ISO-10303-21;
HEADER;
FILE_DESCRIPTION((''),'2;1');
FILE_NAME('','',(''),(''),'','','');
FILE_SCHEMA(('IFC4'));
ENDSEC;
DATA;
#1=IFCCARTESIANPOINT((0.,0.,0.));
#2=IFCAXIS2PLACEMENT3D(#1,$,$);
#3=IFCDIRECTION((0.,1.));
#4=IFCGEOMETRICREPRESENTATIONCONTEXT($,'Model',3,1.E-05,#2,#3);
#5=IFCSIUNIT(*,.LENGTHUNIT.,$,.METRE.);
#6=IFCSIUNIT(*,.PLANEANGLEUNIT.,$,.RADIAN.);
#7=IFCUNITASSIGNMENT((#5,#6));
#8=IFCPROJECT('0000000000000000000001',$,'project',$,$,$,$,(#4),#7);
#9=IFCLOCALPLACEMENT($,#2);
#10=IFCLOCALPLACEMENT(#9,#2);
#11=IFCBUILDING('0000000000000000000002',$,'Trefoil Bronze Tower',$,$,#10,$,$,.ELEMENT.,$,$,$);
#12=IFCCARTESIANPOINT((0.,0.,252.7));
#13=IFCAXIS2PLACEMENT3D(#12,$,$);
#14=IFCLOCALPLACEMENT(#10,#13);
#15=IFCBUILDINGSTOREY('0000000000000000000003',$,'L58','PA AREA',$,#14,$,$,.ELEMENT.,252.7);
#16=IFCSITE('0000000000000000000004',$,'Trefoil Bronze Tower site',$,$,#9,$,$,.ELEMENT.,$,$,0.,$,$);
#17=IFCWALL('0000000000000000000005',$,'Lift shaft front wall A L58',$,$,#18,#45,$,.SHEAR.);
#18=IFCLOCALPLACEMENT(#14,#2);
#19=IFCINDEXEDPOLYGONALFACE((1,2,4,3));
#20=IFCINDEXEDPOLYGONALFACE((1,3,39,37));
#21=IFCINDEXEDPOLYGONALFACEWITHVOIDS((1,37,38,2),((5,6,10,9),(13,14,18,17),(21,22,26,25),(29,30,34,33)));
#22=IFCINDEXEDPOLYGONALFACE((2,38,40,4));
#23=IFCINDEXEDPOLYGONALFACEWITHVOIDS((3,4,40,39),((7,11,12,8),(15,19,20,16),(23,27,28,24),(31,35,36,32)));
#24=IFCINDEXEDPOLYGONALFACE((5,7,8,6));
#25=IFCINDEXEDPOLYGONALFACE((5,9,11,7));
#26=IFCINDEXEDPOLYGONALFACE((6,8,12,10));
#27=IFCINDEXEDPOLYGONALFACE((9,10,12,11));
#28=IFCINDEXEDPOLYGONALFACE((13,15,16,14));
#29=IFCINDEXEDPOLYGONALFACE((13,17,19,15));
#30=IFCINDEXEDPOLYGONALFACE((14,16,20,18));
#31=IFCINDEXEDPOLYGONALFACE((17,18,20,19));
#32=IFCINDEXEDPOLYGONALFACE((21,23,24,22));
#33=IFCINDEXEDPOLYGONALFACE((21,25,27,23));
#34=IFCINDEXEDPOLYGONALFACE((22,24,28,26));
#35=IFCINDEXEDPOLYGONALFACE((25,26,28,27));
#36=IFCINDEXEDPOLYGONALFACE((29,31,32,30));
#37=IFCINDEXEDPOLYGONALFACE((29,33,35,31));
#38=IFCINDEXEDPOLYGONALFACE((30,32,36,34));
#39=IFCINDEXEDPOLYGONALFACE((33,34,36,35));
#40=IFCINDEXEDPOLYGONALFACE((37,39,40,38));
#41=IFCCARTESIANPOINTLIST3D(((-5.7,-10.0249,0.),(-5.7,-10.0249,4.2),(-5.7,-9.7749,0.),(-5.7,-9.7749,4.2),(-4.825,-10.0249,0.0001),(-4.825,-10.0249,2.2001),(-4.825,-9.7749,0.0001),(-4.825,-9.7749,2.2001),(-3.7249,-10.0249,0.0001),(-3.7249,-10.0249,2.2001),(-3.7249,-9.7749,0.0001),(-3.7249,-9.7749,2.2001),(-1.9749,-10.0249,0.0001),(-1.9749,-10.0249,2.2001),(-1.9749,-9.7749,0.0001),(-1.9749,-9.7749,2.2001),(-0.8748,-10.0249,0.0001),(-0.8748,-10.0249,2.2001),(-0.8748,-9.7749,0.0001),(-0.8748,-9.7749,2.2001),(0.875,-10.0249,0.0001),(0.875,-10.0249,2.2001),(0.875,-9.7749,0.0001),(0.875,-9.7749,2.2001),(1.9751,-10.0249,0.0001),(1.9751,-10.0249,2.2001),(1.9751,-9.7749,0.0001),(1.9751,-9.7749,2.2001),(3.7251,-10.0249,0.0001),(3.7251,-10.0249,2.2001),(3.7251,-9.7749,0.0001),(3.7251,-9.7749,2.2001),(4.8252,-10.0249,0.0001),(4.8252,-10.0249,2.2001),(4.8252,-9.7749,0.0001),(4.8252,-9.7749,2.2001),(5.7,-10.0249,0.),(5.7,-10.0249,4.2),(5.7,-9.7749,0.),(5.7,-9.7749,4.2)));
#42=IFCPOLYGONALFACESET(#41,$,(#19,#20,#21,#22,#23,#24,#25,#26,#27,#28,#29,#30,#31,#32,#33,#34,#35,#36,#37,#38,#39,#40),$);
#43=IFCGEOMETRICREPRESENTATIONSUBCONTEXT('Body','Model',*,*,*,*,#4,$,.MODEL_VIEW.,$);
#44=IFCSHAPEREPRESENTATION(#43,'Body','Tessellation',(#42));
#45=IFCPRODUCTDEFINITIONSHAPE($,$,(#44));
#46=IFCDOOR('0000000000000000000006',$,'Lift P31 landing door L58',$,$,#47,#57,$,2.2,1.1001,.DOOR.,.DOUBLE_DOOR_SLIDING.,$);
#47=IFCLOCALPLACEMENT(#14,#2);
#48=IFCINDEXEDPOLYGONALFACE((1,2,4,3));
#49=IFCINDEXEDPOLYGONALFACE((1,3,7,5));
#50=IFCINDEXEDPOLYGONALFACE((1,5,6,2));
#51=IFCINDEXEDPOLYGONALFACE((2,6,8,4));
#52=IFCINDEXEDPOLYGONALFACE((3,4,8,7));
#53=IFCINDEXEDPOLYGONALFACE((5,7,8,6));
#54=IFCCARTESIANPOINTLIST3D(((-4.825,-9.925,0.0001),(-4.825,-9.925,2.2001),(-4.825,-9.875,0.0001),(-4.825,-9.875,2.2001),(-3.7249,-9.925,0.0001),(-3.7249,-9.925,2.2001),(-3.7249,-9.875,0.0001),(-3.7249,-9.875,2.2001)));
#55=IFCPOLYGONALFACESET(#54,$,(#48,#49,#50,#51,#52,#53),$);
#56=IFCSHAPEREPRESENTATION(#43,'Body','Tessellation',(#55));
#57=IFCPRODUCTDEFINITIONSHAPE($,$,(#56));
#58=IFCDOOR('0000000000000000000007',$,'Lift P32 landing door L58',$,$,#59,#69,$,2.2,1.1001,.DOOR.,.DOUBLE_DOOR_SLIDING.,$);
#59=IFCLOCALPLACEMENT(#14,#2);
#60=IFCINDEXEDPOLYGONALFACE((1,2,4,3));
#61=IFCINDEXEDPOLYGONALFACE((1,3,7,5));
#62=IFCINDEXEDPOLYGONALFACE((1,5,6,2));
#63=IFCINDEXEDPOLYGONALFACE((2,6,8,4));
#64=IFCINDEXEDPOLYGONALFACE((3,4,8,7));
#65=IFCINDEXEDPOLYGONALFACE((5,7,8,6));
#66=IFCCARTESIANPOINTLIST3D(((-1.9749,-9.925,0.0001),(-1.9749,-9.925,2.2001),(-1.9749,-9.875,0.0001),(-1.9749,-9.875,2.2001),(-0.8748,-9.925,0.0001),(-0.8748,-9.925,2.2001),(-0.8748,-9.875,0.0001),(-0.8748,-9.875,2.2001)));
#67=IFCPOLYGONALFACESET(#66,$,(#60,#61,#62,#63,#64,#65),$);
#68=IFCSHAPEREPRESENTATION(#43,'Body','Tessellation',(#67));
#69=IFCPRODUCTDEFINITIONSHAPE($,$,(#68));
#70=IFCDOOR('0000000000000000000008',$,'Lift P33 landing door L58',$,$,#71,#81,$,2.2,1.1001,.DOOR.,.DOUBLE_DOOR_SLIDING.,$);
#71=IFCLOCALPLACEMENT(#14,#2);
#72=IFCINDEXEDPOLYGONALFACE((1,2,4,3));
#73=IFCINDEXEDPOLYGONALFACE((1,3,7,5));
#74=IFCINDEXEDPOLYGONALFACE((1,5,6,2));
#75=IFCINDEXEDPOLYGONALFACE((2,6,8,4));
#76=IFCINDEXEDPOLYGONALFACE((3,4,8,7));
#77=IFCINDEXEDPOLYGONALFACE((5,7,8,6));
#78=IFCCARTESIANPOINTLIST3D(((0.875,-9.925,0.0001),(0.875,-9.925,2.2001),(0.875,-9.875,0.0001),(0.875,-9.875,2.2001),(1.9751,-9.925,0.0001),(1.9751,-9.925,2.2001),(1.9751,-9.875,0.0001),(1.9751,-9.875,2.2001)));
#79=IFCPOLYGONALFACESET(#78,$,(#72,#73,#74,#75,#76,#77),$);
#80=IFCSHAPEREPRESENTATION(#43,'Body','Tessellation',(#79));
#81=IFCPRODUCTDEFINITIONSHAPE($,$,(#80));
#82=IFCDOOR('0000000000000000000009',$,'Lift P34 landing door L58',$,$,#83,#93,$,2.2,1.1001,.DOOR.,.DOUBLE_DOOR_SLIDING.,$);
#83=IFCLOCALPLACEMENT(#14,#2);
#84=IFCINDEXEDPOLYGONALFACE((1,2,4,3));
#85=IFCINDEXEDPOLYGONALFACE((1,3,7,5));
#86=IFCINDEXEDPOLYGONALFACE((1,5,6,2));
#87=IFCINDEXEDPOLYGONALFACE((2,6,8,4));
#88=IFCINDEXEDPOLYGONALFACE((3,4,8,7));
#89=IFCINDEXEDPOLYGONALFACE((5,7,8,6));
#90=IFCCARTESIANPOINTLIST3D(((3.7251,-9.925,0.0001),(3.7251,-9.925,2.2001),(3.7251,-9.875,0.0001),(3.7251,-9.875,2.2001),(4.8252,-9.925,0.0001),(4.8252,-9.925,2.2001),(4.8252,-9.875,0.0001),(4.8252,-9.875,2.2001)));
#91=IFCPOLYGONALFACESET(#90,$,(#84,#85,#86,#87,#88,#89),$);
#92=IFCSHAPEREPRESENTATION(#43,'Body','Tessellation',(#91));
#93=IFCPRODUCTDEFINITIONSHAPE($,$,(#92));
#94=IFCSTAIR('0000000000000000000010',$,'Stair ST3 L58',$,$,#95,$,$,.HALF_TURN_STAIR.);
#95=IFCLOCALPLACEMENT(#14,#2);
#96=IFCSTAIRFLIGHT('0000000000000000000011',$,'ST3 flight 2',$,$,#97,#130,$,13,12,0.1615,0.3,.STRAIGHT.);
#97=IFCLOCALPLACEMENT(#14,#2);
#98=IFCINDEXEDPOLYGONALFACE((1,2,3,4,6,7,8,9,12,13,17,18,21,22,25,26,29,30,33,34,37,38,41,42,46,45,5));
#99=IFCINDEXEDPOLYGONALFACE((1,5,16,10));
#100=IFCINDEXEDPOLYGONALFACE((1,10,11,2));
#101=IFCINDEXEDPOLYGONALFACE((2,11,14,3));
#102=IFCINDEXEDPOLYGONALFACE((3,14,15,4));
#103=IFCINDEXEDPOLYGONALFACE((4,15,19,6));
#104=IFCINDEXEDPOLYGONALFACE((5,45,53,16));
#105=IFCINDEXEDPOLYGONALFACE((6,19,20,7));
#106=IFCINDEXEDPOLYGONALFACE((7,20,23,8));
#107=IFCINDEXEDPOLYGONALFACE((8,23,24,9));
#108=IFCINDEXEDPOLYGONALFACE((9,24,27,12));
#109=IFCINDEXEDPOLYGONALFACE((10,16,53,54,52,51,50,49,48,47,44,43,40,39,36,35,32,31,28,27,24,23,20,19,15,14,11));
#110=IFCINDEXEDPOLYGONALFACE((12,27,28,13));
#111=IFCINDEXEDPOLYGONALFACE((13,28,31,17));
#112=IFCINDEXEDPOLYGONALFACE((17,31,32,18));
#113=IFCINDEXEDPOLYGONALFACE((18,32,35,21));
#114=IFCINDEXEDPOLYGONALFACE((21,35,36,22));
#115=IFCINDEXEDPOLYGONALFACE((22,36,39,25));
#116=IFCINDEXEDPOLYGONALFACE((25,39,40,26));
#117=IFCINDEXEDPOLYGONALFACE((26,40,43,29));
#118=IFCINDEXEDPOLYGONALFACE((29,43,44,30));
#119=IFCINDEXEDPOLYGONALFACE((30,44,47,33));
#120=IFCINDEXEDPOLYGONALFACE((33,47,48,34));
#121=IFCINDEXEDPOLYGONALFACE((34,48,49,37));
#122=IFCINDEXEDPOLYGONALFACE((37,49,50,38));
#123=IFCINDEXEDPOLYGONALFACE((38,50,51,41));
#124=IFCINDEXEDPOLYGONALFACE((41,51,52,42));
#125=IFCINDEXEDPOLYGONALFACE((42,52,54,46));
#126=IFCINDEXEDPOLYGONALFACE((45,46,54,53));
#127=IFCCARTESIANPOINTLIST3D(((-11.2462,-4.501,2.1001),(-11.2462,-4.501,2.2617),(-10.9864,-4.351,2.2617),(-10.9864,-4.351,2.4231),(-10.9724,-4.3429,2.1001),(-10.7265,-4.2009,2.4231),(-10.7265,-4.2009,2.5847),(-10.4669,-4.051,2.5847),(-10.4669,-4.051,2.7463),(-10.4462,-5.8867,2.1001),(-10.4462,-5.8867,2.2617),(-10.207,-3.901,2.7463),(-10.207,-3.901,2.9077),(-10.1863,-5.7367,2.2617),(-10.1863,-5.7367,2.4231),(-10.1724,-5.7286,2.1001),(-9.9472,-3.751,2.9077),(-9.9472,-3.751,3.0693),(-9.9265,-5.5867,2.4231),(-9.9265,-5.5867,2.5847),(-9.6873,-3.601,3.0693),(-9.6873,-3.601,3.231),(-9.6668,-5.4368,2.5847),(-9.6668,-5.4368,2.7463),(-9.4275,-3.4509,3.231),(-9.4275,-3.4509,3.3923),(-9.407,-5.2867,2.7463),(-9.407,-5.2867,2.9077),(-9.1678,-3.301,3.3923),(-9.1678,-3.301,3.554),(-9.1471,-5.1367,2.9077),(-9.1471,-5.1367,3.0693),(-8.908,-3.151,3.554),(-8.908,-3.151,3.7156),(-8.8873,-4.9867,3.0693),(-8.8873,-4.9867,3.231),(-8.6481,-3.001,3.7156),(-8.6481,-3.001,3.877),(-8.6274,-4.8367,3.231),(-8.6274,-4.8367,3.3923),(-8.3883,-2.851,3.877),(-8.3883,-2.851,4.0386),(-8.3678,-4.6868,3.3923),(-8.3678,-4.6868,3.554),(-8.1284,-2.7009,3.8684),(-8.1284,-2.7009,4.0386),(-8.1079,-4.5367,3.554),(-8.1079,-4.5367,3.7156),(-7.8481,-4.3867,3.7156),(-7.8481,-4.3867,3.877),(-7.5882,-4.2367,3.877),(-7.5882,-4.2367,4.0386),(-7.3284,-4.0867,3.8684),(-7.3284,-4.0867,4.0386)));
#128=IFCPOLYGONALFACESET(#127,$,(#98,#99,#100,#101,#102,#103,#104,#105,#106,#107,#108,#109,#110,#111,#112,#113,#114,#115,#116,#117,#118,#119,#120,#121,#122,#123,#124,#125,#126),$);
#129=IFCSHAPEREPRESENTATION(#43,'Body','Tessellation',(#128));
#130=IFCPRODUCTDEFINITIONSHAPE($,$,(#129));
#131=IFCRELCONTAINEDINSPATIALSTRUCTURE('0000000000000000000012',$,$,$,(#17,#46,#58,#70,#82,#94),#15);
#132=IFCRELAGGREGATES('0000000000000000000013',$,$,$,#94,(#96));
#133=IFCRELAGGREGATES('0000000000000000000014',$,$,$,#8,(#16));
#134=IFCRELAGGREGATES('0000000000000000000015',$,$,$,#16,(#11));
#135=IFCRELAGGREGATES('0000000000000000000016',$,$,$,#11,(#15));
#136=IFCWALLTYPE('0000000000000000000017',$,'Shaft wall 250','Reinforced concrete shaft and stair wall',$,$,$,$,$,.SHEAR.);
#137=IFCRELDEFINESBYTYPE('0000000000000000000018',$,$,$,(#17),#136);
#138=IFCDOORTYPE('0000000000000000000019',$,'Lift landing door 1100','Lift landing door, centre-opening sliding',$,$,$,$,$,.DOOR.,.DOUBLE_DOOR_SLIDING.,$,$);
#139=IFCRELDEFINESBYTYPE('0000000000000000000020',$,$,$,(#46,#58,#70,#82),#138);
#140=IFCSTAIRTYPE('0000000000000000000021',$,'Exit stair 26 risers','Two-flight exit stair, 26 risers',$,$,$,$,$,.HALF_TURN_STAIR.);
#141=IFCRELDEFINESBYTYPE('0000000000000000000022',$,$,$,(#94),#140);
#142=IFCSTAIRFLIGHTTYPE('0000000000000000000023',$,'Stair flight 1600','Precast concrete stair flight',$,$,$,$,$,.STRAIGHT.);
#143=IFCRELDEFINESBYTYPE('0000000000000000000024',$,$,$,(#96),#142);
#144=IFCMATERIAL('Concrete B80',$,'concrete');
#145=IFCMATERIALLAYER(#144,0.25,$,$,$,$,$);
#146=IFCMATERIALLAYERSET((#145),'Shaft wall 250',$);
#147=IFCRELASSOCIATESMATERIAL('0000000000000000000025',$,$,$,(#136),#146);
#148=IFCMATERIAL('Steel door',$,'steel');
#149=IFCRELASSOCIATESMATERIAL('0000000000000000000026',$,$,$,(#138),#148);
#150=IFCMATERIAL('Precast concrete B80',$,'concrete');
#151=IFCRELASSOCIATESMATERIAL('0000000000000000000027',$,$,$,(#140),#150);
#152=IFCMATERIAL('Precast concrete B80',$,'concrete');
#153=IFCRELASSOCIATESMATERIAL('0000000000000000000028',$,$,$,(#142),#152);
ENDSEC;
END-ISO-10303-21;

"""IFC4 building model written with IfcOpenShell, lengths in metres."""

from ifc_helpers import new_model, si_unit, direction, frame, frame_2d, origin, place, context, subcontext, project, spatial, polyline, rectangle, outline, extrude, material, layer, layer_set, type_object, element, fill, aggregate, save


model = new_model("IFC4")

# Units and contexts
model_context = context("Model", 3, precision=1e-05, world=origin(), true_north=direction((0.0, 1.0)))
body_context = subcontext(model_context, "Body", "Model", "MODEL_VIEW")
ifc_project = project(units=[si_unit("LENGTHUNIT", "METRE"), si_unit("PLANEANGLEUNIT", "RADIAN")], contexts=[model_context])

# Site, building, storey
site_placement = place(None, origin())
site = spatial("IfcSite", under=ifc_project, at=site_placement, Name="Trefoil Bronze Tower site", CompositionType="ELEMENT", RefElevation=0.0)
building_placement = place(site_placement, origin())
building = spatial("IfcBuilding", under=site, at=building_placement, Name="Trefoil Bronze Tower", CompositionType="ELEMENT")
storey_placement = place(building_placement, frame((0.0, 0.0, 252.7)))
storey = spatial("IfcBuildingStorey", under=building, at=storey_placement, Name="L58", Description="PA AREA", CompositionType="ELEMENT", Elevation=252.7)

# Wall, openings, doors
ifc_material_1 = material(Name="Concrete B80", Category="concrete")
ifc_layer_1 = layer(ifc_material_1, 0.25)
ifc_layer_set_1 = layer_set([ifc_layer_1], Name="Shaft wall 250")
wall_type_1 = type_object("IfcWallType", Name="Shaft wall 250", Description="Reinforced concrete shaft and stair wall", PredefinedType="SHEAR", material=ifc_layer_set_1)
wall_1_placement = place(storey_placement, frame((-5.7, -9.8999, 0.0), z_axis=(0.0, 0.0, 1.0), x_axis=(1.0, 0.0, 0.0)))
wall_1 = element("IfcWall", 1, at=wall_1_placement, inside=storey, type_object=wall_type_1, Name="Lift shaft front wall A L58", PredefinedType="SHEAR", context=body_context, shape_type="SweptSolid", body=[
    extrude(rectangle(XDim=11.3999, YDim=0.25, at=frame_2d((5.7, 0.0))), origin(), (0.0, 0.0, 1.0), 4.2),
])
opening_1_placement = place(wall_1_placement, frame((0.875, 0.0, 0.0)))
opening_1 = element("IfcOpeningElement", 2, at=opening_1_placement, cuts=wall_1, PredefinedType="OPENING", context=body_context, shape_type="SweptSolid", body=[
    extrude(rectangle(XDim=1.1001, YDim=2.2, at=frame_2d((0.55, 1.1001))), frame((0.0, 0.135, 0.0), z_axis=(0.0, -1.0, 0.0), x_axis=(1.0, 0.0, 0.0)), (0.0, 0.0, 1.0), 0.27),
])
opening_2_placement = place(wall_1_placement, frame((3.7251, 0.0, 0.0)))
opening_2 = element("IfcOpeningElement", 3, at=opening_2_placement, cuts=wall_1, PredefinedType="OPENING", context=body_context, shape_type="SweptSolid", body=[
    extrude(rectangle(XDim=1.1001, YDim=2.2, at=frame_2d((0.55, 1.1001))), frame((0.0, 0.135, 0.0), z_axis=(0.0, -1.0, 0.0), x_axis=(1.0, 0.0, 0.0)), (0.0, 0.0, 1.0), 0.27),
])
opening_3_placement = place(wall_1_placement, frame((6.575, 0.0, 0.0)))
opening_3 = element("IfcOpeningElement", 4, at=opening_3_placement, cuts=wall_1, PredefinedType="OPENING", context=body_context, shape_type="SweptSolid", body=[
    extrude(rectangle(XDim=1.1001, YDim=2.2, at=frame_2d((0.55, 1.1001))), frame((0.0, 0.135, 0.0), z_axis=(0.0, -1.0, 0.0), x_axis=(1.0, 0.0, 0.0)), (0.0, 0.0, 1.0), 0.27),
])
opening_4_placement = place(wall_1_placement, frame((9.425, 0.0, 0.0)))
opening_4 = element("IfcOpeningElement", 5, at=opening_4_placement, cuts=wall_1, PredefinedType="OPENING", context=body_context, shape_type="SweptSolid", body=[
    extrude(rectangle(XDim=1.1001, YDim=2.2, at=frame_2d((0.55, 1.1001))), frame((0.0, 0.135, 0.0), z_axis=(0.0, -1.0, 0.0), x_axis=(1.0, 0.0, 0.0)), (0.0, 0.0, 1.0), 0.27),
])
ifc_material_2 = material(Name="Steel door", Category="steel")
door_type_1 = type_object("IfcDoorType", Name="Lift landing door 1100", Description="Lift landing door, centre-opening sliding", OperationType="DOUBLE_DOOR_SLIDING", PredefinedType="DOOR", material=ifc_material_2)
door_1_placement = place(opening_1_placement, origin())
door_1 = element("IfcDoor", 6, at=door_1_placement, inside=storey, type_object=door_type_1, Name="Lift P31 landing door L58", OperationType="DOUBLE_DOOR_SLIDING", OverallHeight=2.2, OverallWidth=1.1001, PredefinedType="DOOR", context=body_context, shape_type="SweptSolid", body=[
    extrude(rectangle(XDim=1.1001, YDim=2.2, at=frame_2d((0.55, 1.1001))), frame((0.0, 0.0249, 0.0), z_axis=(0.0, -1.0, 0.0), x_axis=(1.0, 0.0, 0.0)), (0.0, 0.0, 1.0), 0.05),
])
fill(opening_1, door_1)
door_2_placement = place(opening_2_placement, origin())
door_2 = element("IfcDoor", 7, at=door_2_placement, inside=storey, type_object=door_type_1, Name="Lift P32 landing door L58", OperationType="DOUBLE_DOOR_SLIDING", OverallHeight=2.2, OverallWidth=1.1001, PredefinedType="DOOR", context=body_context, shape_type="SweptSolid", body=[
    extrude(rectangle(XDim=1.1001, YDim=2.2, at=frame_2d((0.55, 1.1001))), frame((0.0, 0.0249, 0.0), z_axis=(0.0, -1.0, 0.0), x_axis=(1.0, 0.0, 0.0)), (0.0, 0.0, 1.0), 0.05),
])
fill(opening_2, door_2)
door_3_placement = place(opening_3_placement, origin())
door_3 = element("IfcDoor", 8, at=door_3_placement, inside=storey, type_object=door_type_1, Name="Lift P33 landing door L58", OperationType="DOUBLE_DOOR_SLIDING", OverallHeight=2.2, OverallWidth=1.1001, PredefinedType="DOOR", context=body_context, shape_type="SweptSolid", body=[
    extrude(rectangle(XDim=1.1001, YDim=2.2, at=frame_2d((0.55, 1.1001))), frame((0.0, 0.0249, 0.0), z_axis=(0.0, -1.0, 0.0), x_axis=(1.0, 0.0, 0.0)), (0.0, 0.0, 1.0), 0.05),
])
fill(opening_3, door_3)
door_4_placement = place(opening_4_placement, origin())
door_4 = element("IfcDoor", 9, at=door_4_placement, inside=storey, type_object=door_type_1, Name="Lift P34 landing door L58", OperationType="DOUBLE_DOOR_SLIDING", OverallHeight=2.2, OverallWidth=1.1001, PredefinedType="DOOR", context=body_context, shape_type="SweptSolid", body=[
    extrude(rectangle(XDim=1.1001, YDim=2.2, at=frame_2d((0.55, 1.1001))), frame((0.0, 0.0249, 0.0), z_axis=(0.0, -1.0, 0.0), x_axis=(1.0, 0.0, 0.0)), (0.0, 0.0, 1.0), 0.05),
])
fill(opening_4, door_4)

# Stair, stair flight
ifc_material_3 = material(Name="Precast concrete B80", Category="concrete")
stair_type = type_object("IfcStairType", Name="Exit stair 26 risers", Description="Two-flight exit stair, 26 risers", PredefinedType="HALF_TURN_STAIR", material=ifc_material_3)
stair_placement = place(storey_placement, origin())
stair = element("IfcStair", 10, at=stair_placement, inside=storey, type_object=stair_type, Name="Stair ST3 L58", PredefinedType="HALF_TURN_STAIR")
ifc_material_4 = material(Name="Precast concrete B80", Category="concrete")
stair_flight_type = type_object("IfcStairFlightType", Name="Stair flight 1600", Description="Precast concrete stair flight", PredefinedType="STRAIGHT", material=ifc_material_4)
stair_flight_placement = place(storey_placement, frame((-10.8462, -5.1938, 2.1001), z_axis=(0.0, 0.0, 1.0), x_axis=(0.866025, 0.5, 0.0)))
stair_flight = element("IfcStairFlight", 11, at=stair_flight_placement, type_object=stair_flight_type, Name="ST3 flight 2", NumberOfRisers=13, NumberOfTreads=12, PredefinedType="STRAIGHT", RiserHeight=0.1615, TreadLength=0.3, context=body_context, shape_type="SweptSolid", body=[
    extrude(outline(polyline([(0.0, 0.0), (0.0, 0.1616), (0.3, 0.1616), (0.3, 0.323), (0.6001, 0.323), (0.6001, 0.4846), (0.8999, 0.4846), (0.8999, 0.6462), (1.2, 0.6462), (1.2, 0.8076), (1.5, 0.8076), (1.5, 0.9692), (1.8, 0.9692), (1.8, 1.1309), (2.1001, 1.1309), (2.1001, 1.2922), (2.3999, 1.2922), (2.3999, 1.4539), (2.7, 1.4539), (2.7, 1.6155), (3.0, 1.6155), (3.0, 1.7769), (3.3, 1.7769), (3.3, 1.9385), (3.6001, 1.9385), (3.6001, 2.1001), (3.6001, 1.7683), (0.3162, 0.0), (0.0, 0.0)])), frame((0.0, 0.8, 0.0), z_axis=(0.0, -1.0, 0.0), x_axis=(1.0, 0.0, 0.0)), (0.0, 0.0, 1.0), 1.6001),
])
aggregate(stair, [stair_flight])

save(model, "model.ifc")
